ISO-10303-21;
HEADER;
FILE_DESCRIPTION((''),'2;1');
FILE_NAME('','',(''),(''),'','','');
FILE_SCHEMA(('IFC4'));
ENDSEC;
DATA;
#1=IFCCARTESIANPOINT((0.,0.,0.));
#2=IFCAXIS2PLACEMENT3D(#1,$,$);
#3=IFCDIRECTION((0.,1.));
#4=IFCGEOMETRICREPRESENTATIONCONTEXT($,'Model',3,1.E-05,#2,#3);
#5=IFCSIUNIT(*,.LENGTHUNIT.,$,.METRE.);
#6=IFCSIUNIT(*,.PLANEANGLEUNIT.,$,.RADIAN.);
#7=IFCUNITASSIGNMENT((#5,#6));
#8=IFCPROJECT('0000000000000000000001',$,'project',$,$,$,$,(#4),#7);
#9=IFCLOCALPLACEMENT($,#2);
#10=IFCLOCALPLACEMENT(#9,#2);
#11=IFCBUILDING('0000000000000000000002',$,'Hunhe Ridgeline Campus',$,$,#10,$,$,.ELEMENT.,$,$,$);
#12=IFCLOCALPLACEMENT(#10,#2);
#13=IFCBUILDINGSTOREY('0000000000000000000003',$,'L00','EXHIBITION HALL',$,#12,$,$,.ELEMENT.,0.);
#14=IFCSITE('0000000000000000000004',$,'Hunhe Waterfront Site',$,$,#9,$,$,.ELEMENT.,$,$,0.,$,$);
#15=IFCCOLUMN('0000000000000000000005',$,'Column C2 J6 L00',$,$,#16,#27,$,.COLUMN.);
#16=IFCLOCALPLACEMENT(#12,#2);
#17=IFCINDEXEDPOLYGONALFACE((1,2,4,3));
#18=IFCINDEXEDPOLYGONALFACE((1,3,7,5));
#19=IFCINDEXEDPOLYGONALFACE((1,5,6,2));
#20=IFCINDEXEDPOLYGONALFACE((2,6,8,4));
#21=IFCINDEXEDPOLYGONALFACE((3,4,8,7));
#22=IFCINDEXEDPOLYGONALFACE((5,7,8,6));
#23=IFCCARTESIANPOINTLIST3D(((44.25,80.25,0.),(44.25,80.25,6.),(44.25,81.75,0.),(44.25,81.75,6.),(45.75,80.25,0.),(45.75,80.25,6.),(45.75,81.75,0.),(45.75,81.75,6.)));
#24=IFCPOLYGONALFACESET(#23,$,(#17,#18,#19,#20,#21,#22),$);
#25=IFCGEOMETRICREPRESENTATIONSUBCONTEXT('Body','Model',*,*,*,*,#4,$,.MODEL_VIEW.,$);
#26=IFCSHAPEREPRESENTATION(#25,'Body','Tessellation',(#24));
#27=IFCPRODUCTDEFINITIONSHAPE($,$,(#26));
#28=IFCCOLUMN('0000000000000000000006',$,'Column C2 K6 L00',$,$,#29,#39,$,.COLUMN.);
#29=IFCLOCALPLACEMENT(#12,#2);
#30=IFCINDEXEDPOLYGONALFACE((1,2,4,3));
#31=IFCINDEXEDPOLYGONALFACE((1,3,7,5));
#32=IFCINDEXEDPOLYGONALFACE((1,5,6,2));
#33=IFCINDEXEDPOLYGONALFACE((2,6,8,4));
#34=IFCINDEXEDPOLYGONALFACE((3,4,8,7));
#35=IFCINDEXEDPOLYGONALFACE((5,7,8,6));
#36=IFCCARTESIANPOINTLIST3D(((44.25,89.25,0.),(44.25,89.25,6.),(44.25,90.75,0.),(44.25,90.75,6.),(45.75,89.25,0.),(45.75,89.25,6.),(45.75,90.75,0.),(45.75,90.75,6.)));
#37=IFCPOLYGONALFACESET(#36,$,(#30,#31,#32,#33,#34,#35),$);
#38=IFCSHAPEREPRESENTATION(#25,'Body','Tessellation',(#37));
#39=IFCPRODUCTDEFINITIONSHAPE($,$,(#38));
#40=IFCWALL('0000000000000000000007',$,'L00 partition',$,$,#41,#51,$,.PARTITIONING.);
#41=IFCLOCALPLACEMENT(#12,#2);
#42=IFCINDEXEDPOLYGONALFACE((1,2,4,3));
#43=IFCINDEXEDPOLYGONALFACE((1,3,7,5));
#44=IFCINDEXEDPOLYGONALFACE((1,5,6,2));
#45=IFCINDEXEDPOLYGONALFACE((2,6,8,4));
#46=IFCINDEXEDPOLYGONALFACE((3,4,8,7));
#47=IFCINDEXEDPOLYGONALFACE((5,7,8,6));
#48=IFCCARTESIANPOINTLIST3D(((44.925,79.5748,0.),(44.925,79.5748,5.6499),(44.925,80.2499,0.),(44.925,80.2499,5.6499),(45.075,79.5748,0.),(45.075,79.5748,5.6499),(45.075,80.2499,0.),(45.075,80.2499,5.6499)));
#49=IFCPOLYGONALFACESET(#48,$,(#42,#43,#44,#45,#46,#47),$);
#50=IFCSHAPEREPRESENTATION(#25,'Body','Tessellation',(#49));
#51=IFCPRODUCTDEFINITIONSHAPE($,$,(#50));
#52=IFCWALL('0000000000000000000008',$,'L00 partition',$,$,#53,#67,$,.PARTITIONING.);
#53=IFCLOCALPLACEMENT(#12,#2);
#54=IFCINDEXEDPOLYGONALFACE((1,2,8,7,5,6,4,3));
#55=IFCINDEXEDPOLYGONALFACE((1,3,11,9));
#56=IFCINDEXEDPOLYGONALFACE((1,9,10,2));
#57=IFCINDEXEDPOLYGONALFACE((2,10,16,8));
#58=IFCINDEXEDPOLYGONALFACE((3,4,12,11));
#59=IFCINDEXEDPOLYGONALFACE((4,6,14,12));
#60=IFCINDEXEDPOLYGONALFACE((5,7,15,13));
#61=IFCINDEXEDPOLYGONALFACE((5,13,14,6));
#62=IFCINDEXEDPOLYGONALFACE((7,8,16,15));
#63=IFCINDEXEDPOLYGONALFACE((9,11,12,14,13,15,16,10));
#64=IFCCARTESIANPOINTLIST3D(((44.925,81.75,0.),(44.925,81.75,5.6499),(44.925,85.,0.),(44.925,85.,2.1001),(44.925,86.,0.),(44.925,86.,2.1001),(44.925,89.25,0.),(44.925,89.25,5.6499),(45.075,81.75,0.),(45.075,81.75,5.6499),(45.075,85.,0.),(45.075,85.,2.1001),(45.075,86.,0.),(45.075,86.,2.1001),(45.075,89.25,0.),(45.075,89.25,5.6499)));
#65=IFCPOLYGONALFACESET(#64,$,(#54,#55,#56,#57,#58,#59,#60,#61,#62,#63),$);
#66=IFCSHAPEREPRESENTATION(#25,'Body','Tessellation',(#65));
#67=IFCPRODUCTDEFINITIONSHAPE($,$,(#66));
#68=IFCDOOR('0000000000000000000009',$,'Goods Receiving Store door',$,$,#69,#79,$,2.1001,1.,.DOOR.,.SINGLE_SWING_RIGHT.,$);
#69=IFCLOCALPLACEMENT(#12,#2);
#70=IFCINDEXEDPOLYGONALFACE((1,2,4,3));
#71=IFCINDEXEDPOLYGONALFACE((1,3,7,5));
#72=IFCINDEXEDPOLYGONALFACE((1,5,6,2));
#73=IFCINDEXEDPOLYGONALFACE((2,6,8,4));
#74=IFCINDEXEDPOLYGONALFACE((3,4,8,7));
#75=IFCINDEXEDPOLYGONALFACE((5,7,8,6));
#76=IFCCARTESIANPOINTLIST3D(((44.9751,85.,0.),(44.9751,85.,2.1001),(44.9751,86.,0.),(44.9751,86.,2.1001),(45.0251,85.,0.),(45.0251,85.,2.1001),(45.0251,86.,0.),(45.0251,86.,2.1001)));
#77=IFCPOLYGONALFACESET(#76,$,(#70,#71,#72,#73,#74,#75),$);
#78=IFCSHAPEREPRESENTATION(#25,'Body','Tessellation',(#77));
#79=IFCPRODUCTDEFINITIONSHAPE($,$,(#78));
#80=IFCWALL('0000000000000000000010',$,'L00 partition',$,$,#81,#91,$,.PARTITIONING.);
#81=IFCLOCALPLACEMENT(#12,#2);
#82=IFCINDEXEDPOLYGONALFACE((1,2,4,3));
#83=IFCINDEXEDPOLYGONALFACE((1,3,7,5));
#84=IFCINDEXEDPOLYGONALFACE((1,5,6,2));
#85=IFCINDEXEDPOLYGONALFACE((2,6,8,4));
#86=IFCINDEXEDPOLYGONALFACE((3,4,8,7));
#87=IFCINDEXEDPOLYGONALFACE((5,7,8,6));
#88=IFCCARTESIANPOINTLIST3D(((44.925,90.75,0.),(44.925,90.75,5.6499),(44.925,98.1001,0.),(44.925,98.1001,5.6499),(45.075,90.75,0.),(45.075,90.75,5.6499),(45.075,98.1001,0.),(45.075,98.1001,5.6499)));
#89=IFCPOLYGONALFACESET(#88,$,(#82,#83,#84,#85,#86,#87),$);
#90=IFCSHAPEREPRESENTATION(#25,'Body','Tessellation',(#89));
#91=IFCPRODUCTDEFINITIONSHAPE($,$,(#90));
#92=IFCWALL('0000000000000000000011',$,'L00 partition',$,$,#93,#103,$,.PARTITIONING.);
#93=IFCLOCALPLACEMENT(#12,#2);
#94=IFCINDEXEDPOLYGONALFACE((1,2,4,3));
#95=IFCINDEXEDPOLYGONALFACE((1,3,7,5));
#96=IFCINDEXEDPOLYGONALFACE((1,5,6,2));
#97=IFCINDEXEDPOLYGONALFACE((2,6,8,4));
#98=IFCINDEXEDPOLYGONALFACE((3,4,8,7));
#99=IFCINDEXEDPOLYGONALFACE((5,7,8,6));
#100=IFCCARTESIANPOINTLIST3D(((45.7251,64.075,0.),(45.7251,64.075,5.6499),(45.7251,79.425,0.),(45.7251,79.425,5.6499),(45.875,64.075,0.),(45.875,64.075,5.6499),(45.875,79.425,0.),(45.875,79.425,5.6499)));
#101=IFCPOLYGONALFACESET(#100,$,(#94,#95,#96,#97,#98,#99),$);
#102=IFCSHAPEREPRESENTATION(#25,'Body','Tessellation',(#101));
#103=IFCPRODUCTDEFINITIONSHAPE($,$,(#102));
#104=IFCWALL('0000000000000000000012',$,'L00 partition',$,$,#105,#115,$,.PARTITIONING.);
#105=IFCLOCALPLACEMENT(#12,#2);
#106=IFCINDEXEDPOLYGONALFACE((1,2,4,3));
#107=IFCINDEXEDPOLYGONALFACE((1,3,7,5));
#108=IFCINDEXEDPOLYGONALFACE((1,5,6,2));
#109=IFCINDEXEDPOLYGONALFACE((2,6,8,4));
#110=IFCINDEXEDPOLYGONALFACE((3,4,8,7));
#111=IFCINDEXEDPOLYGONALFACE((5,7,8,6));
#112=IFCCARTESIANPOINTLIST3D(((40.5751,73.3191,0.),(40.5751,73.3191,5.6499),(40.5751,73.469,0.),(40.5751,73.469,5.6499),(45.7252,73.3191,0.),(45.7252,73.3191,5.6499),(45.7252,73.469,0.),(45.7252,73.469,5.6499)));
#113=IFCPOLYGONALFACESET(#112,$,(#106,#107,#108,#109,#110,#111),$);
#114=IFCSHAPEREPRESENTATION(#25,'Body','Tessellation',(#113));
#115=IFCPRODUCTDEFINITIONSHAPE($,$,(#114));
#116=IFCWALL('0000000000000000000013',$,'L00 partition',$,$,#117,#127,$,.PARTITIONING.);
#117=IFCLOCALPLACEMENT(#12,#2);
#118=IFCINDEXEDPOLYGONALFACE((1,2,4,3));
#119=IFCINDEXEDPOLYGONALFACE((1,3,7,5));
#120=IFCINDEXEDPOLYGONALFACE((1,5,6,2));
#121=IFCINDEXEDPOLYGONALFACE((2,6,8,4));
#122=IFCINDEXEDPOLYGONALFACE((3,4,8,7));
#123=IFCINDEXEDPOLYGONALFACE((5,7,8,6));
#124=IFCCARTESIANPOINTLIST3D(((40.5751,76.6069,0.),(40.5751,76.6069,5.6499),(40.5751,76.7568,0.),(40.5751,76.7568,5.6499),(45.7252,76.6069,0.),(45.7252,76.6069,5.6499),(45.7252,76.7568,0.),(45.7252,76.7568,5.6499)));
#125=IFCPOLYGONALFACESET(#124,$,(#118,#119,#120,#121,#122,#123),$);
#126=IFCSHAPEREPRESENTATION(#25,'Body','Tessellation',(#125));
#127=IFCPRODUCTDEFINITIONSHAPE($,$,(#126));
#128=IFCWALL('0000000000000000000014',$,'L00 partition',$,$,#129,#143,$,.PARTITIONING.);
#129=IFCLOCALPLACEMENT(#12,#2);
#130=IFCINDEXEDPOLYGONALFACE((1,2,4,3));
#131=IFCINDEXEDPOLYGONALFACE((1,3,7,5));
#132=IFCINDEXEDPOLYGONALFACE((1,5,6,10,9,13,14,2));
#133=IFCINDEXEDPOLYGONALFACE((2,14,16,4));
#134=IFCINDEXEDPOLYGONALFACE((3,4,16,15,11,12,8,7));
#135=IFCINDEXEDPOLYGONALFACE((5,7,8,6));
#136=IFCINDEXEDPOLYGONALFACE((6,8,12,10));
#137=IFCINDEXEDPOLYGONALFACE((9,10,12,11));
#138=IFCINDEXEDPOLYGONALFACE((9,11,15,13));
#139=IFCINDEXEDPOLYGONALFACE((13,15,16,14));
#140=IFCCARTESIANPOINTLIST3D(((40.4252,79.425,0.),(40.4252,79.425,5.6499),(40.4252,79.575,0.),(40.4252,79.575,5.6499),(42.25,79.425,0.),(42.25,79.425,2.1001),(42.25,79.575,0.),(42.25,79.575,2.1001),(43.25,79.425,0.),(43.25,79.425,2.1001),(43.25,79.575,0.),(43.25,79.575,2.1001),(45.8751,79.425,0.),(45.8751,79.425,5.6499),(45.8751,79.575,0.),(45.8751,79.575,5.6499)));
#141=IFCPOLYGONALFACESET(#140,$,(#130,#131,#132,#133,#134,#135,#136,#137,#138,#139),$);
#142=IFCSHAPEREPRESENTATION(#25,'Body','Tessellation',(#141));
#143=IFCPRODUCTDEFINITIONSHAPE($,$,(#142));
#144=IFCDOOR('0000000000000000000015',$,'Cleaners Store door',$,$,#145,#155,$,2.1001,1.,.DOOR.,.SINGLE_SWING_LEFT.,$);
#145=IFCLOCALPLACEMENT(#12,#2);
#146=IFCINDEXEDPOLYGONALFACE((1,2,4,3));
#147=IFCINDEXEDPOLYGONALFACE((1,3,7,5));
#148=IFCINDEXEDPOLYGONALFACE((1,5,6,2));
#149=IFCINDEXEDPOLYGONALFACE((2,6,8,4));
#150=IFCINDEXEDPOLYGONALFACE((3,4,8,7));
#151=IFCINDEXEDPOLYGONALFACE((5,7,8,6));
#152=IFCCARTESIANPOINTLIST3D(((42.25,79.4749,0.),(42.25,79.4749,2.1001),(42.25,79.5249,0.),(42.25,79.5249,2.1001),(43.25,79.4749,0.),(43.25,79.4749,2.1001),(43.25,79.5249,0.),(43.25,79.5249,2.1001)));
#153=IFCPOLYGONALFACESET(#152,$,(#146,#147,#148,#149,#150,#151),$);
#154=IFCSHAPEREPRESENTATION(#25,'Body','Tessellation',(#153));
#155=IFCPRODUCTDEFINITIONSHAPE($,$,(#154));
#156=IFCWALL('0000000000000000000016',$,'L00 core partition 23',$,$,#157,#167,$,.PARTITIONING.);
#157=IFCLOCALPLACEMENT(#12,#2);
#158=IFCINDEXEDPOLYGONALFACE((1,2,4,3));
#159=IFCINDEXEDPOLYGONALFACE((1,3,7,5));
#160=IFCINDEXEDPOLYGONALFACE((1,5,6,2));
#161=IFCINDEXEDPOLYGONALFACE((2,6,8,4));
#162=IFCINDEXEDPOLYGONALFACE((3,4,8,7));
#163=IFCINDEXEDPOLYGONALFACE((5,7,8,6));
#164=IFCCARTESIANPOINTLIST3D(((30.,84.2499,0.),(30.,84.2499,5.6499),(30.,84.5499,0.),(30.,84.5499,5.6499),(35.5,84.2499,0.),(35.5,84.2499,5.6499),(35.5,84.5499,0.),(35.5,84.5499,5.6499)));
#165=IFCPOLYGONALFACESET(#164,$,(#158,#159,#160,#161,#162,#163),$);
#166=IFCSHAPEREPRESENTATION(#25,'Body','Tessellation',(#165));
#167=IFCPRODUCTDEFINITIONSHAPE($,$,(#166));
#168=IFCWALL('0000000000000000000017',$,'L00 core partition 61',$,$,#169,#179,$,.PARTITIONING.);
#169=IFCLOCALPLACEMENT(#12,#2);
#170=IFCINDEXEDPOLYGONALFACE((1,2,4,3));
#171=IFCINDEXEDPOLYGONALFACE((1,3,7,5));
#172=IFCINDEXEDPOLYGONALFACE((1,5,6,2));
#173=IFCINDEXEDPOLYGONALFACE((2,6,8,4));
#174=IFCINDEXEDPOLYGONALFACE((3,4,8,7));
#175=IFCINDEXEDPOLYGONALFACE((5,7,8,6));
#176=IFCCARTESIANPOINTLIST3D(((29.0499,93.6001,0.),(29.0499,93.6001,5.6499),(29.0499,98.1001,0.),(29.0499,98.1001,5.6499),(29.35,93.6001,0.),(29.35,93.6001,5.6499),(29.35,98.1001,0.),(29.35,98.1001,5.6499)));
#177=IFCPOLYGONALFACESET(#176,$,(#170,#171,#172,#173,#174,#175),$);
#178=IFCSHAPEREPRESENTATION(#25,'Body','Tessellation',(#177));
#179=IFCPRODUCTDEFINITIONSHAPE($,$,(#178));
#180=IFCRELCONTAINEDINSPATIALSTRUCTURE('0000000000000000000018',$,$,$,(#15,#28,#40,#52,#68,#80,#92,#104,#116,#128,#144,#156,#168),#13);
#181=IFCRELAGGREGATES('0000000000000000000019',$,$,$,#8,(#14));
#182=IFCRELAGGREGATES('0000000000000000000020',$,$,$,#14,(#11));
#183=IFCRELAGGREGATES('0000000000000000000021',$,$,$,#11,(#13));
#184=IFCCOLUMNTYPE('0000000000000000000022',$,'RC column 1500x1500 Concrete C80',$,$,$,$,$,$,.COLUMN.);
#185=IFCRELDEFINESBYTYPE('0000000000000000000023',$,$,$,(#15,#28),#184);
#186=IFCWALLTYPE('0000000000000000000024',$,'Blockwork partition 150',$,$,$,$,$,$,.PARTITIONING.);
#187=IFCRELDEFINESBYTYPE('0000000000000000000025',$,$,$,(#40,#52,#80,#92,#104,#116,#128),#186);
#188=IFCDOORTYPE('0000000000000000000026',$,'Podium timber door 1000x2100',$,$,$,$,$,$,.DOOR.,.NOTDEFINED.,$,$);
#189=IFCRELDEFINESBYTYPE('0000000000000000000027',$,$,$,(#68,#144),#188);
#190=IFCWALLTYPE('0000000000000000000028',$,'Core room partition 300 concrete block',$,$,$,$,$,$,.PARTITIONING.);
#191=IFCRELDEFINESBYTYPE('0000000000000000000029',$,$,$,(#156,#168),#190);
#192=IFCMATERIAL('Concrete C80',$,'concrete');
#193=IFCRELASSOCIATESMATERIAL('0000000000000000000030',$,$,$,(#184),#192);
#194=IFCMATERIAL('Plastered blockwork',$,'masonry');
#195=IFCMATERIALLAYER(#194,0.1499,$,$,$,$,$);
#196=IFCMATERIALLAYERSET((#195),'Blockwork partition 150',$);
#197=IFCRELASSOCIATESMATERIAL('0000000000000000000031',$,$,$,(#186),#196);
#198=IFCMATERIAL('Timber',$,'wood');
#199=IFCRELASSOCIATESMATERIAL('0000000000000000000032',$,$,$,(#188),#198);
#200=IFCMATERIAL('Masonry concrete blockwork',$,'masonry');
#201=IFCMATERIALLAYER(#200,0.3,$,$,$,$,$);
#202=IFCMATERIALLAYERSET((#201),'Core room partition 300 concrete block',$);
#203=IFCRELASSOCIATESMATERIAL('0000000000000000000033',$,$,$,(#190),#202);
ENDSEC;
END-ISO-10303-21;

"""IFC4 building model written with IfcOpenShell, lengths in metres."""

from ifc_helpers import new_model, si_unit, direction, frame, frame_2d, origin, origin_2d, place, context, subcontext, project, spatial, rectangle, extrude, material, layer, layer_set, material_profile, profile_set, type_object, element, fill, save


model = new_model("IFC4")

# Units and contexts
model_context = context("Model", 3, precision=1e-05, world=origin(), true_north=direction((0.0, 1.0)))
body_context = subcontext(model_context, "Body", "Model", "MODEL_VIEW")
ifc_project = project(units=[si_unit("LENGTHUNIT", "METRE"), si_unit("PLANEANGLEUNIT", "RADIAN")], contexts=[model_context])

# Site, building, storey
site_placement = place(None, origin())
site = spatial("IfcSite", under=ifc_project, at=site_placement, Name="Hunhe Waterfront Site", CompositionType="ELEMENT", RefElevation=0.0)
building_placement = place(site_placement, origin())
building = spatial("IfcBuilding", under=site, at=building_placement, Name="Hunhe Ridgeline Campus", CompositionType="ELEMENT")
storey_placement = place(building_placement, origin())
storey = spatial("IfcBuildingStorey", under=building, at=storey_placement, Name="L00", Description="EXHIBITION HALL", CompositionType="ELEMENT", Elevation=0.0)

# Columns
ifc_material_1 = material(Name="Concrete C80", Category="concrete")
ifc_material_profile = material_profile(ifc_material_1, rectangle(XDim=1.5, YDim=1.5, at=origin_2d()))
ifc_profile_set = profile_set([ifc_material_profile], Name="Concrete C80")
column_type = type_object("IfcColumnType", Name="RC column 1500x1500 Concrete C80", PredefinedType="COLUMN", material=ifc_profile_set)
for number, where, z_axis, x_axis, name in (
    (1, (45.0, 81.0, 0.0), (0.0, 0.0, 1.0), (1.0, 0.0, 0.0), "Column C2 J6 L00"),
    (2, (45.0, 90.0, 0.0), (0.0, 0.0, 1.0), (1.0, 0.0, 0.0), "Column C2 K6 L00"),
):
    element("IfcColumn", number, at=place(storey_placement, frame(where, z_axis=z_axis, x_axis=x_axis)), inside=storey, type_object=column_type, Name=name, PredefinedType="COLUMN", context=body_context, shape_type="SweptSolid", body=[
        extrude(rectangle(XDim=1.5, YDim=1.5, at=origin_2d()), origin(), (0.0, 0.0, 1.0), 6.0),
    ])

# Wall
ifc_material_2 = material(Name="Plastered blockwork", Category="masonry")
ifc_layer_1 = layer(ifc_material_2, 0.1499)
ifc_layer_set_1 = layer_set([ifc_layer_1], Name="Blockwork partition 150")
wall_type_1 = type_object("IfcWallType", Name="Blockwork partition 150", PredefinedType="PARTITIONING", material=ifc_layer_set_1)
wall_1_placement = place(storey_placement, frame((45.0, 79.575, 0.0), z_axis=(0.0, 0.0, 1.0), x_axis=(0.0, 1.0, 0.0)))
element("IfcWall", 3, at=wall_1_placement, inside=storey, type_object=wall_type_1, Name="L00 partition", PredefinedType="PARTITIONING", context=body_context, shape_type="SweptSolid", body=[
    extrude(rectangle(XDim=0.675, YDim=0.1499, at=frame_2d((0.3374, 0.0))), origin(), (0.0, 0.0, 1.0), 5.6499),
])

# Wall, opening, door
wall_2_placement = place(storey_placement, frame((45.0, 81.75, 0.0), z_axis=(0.0, 0.0, 1.0), x_axis=(0.0, 1.0, 0.0)))
wall_2 = element("IfcWall", 4, at=wall_2_placement, inside=storey, type_object=wall_type_1, Name="L00 partition", PredefinedType="PARTITIONING", context=body_context, shape_type="SweptSolid", body=[
    extrude(rectangle(XDim=7.5, YDim=0.1499, at=frame_2d((3.75, 0.0))), origin(), (0.0, 0.0, 1.0), 5.6499),
])
opening_1_placement = place(wall_2_placement, frame((3.25, 0.0, 0.0)))
opening_1 = element("IfcOpeningElement", 5, at=opening_1_placement, cuts=wall_2, PredefinedType="OPENING", context=body_context, shape_type="SweptSolid", body=[
    extrude(rectangle(XDim=1.0, YDim=2.1001, at=frame_2d((0.5, 1.05))), frame((0.0, 0.075, 0.0), z_axis=(0.0, -1.0, 0.0), x_axis=(1.0, 0.0, 0.0)), (0.0, 0.0, 1.0), 0.1499),
])
ifc_material_3 = material(Name="Timber", Category="wood")
door_type_1 = type_object("IfcDoorType", Name="Podium timber door 1000x2100", OperationType="NOTDEFINED", PredefinedType="DOOR", material=ifc_material_3)
door_1_placement = place(opening_1_placement, origin())
door_1 = element("IfcDoor", 6, at=door_1_placement, inside=storey, type_object=door_type_1, Name="Goods Receiving Store door", OperationType="SINGLE_SWING_RIGHT", OverallHeight=2.1001, OverallWidth=1.0, PredefinedType="DOOR", context=body_context, shape_type="SweptSolid", body=[
    extrude(rectangle(XDim=1.0, YDim=2.1001, at=frame_2d((0.5, 1.05))), frame((0.0, 0.0249, 0.0), z_axis=(0.0, -1.0, 0.0), x_axis=(1.0, 0.0, 0.0)), (0.0, 0.0, 1.0), 0.05),
])
fill(opening_1, door_1)

# Walls
wall_3_placement = place(storey_placement, frame((45.0, 90.75, 0.0), z_axis=(0.0, 0.0, 1.0), x_axis=(0.0, 1.0, 0.0)))
element("IfcWall", 7, at=wall_3_placement, inside=storey, type_object=wall_type_1, Name="L00 partition", PredefinedType="PARTITIONING", context=body_context, shape_type="SweptSolid", body=[
    extrude(rectangle(XDim=7.3501, YDim=0.1499, at=frame_2d((3.675, 0.0))), origin(), (0.0, 0.0, 1.0), 5.6499),
])
wall_4_placement = place(storey_placement, frame((45.8, 79.425, 0.0), z_axis=(0.0, 0.0, 1.0), x_axis=(0.0, -1.0, 0.0)))
element("IfcWall", 8, at=wall_4_placement, inside=storey, type_object=wall_type_1, Name="L00 partition", PredefinedType="PARTITIONING", context=body_context, shape_type="SweptSolid", body=[
    extrude(rectangle(XDim=15.3501, YDim=0.1499, at=frame_2d((7.675, 0.0))), origin(), (0.0, 0.0, 1.0), 5.6499),
])
for number, where, z_axis, x_axis, name in (
    (9, (40.575, 73.394, 0.0), (0.0, 0.0, 1.0), (1.0, 0.0, 0.0), "L00 partition"),
    (10, (40.575, 76.6819, 0.0), (0.0, 0.0, 1.0), (1.0, 0.0, 0.0), "L00 partition"),
):
    element("IfcWall", number, at=place(storey_placement, frame(where, z_axis=z_axis, x_axis=x_axis)), inside=storey, type_object=wall_type_1, Name=name, PredefinedType="PARTITIONING", context=body_context, shape_type="SweptSolid", body=[
        extrude(rectangle(XDim=5.1501, YDim=0.1499, at=frame_2d((2.5752, 0.0))), origin(), (0.0, 0.0, 1.0), 5.6499),
    ])

# Wall, opening, door
wall_5_placement = place(storey_placement, frame((40.425, 79.5, 0.0), z_axis=(0.0, 0.0, 1.0), x_axis=(1.0, 0.0, 0.0)))
wall_5 = element("IfcWall", 11, at=wall_5_placement, inside=storey, type_object=wall_type_1, Name="L00 partition", PredefinedType="PARTITIONING", context=body_context, shape_type="SweptSolid", body=[
    extrude(rectangle(XDim=5.45, YDim=0.1499, at=frame_2d((2.7251, 0.0))), origin(), (0.0, 0.0, 1.0), 5.6499),
])
opening_2_placement = place(wall_5_placement, frame((1.825, 0.0, 0.0)))
opening_2 = element("IfcOpeningElement", 12, at=opening_2_placement, cuts=wall_5, PredefinedType="OPENING", context=body_context, shape_type="SweptSolid", body=[
    extrude(rectangle(XDim=1.0, YDim=2.1001, at=frame_2d((0.5, 1.05))), frame((0.0, 0.075, 0.0), z_axis=(0.0, -1.0, 0.0), x_axis=(1.0, 0.0, 0.0)), (0.0, 0.0, 1.0), 0.1499),
])
door_2_placement = place(opening_2_placement, origin())
door_2 = element("IfcDoor", 13, at=door_2_placement, inside=storey, type_object=door_type_1, Name="Cleaners Store door", OperationType="SINGLE_SWING_LEFT", OverallHeight=2.1001, OverallWidth=1.0, PredefinedType="DOOR", context=body_context, shape_type="SweptSolid", body=[
    extrude(rectangle(XDim=1.0, YDim=2.1001, at=frame_2d((0.5, 1.05))), frame((0.0, 0.0249, 0.0), z_axis=(0.0, -1.0, 0.0), x_axis=(1.0, 0.0, 0.0)), (0.0, 0.0, 1.0), 0.05),
])
fill(opening_2, door_2)
ifc_material_4 = material(Name="Masonry concrete blockwork", Category="masonry")
ifc_layer_2 = layer(ifc_material_4, 0.3)
ifc_layer_set_2 = layer_set([ifc_layer_2], Name="Core room partition 300 concrete block")
wall_type_2 = type_object("IfcWallType", Name="Core room partition 300 concrete block", PredefinedType="PARTITIONING", material=ifc_layer_set_2)

# Walls
wall_6_placement = place(storey_placement, frame((30.0, 84.3999, 0.0), z_axis=(0.0, 0.0, 1.0), x_axis=(1.0, 0.0, 0.0)))
element("IfcWall", 14, at=wall_6_placement, inside=storey, type_object=wall_type_2, Name="L00 core partition 23", PredefinedType="PARTITIONING", context=body_context, shape_type="SweptSolid", body=[
    extrude(rectangle(XDim=5.5, YDim=0.3, at=frame_2d((2.75, 0.0))), origin(), (0.0, 0.0, 1.0), 5.6499),
])
wall_7_placement = place(storey_placement, frame((29.2, 93.6001, 0.0), z_axis=(0.0, 0.0, 1.0), x_axis=(0.0, 1.0, 0.0)))
element("IfcWall", 15, at=wall_7_placement, inside=storey, type_object=wall_type_2, Name="L00 core partition 61", PredefinedType="PARTITIONING", context=body_context, shape_type="SweptSolid", body=[
    extrude(rectangle(XDim=4.5, YDim=0.3, at=frame_2d((2.25, 0.0))), origin(), (0.0, 0.0, 1.0), 5.6499),
])

save(model, "model.ifc")
